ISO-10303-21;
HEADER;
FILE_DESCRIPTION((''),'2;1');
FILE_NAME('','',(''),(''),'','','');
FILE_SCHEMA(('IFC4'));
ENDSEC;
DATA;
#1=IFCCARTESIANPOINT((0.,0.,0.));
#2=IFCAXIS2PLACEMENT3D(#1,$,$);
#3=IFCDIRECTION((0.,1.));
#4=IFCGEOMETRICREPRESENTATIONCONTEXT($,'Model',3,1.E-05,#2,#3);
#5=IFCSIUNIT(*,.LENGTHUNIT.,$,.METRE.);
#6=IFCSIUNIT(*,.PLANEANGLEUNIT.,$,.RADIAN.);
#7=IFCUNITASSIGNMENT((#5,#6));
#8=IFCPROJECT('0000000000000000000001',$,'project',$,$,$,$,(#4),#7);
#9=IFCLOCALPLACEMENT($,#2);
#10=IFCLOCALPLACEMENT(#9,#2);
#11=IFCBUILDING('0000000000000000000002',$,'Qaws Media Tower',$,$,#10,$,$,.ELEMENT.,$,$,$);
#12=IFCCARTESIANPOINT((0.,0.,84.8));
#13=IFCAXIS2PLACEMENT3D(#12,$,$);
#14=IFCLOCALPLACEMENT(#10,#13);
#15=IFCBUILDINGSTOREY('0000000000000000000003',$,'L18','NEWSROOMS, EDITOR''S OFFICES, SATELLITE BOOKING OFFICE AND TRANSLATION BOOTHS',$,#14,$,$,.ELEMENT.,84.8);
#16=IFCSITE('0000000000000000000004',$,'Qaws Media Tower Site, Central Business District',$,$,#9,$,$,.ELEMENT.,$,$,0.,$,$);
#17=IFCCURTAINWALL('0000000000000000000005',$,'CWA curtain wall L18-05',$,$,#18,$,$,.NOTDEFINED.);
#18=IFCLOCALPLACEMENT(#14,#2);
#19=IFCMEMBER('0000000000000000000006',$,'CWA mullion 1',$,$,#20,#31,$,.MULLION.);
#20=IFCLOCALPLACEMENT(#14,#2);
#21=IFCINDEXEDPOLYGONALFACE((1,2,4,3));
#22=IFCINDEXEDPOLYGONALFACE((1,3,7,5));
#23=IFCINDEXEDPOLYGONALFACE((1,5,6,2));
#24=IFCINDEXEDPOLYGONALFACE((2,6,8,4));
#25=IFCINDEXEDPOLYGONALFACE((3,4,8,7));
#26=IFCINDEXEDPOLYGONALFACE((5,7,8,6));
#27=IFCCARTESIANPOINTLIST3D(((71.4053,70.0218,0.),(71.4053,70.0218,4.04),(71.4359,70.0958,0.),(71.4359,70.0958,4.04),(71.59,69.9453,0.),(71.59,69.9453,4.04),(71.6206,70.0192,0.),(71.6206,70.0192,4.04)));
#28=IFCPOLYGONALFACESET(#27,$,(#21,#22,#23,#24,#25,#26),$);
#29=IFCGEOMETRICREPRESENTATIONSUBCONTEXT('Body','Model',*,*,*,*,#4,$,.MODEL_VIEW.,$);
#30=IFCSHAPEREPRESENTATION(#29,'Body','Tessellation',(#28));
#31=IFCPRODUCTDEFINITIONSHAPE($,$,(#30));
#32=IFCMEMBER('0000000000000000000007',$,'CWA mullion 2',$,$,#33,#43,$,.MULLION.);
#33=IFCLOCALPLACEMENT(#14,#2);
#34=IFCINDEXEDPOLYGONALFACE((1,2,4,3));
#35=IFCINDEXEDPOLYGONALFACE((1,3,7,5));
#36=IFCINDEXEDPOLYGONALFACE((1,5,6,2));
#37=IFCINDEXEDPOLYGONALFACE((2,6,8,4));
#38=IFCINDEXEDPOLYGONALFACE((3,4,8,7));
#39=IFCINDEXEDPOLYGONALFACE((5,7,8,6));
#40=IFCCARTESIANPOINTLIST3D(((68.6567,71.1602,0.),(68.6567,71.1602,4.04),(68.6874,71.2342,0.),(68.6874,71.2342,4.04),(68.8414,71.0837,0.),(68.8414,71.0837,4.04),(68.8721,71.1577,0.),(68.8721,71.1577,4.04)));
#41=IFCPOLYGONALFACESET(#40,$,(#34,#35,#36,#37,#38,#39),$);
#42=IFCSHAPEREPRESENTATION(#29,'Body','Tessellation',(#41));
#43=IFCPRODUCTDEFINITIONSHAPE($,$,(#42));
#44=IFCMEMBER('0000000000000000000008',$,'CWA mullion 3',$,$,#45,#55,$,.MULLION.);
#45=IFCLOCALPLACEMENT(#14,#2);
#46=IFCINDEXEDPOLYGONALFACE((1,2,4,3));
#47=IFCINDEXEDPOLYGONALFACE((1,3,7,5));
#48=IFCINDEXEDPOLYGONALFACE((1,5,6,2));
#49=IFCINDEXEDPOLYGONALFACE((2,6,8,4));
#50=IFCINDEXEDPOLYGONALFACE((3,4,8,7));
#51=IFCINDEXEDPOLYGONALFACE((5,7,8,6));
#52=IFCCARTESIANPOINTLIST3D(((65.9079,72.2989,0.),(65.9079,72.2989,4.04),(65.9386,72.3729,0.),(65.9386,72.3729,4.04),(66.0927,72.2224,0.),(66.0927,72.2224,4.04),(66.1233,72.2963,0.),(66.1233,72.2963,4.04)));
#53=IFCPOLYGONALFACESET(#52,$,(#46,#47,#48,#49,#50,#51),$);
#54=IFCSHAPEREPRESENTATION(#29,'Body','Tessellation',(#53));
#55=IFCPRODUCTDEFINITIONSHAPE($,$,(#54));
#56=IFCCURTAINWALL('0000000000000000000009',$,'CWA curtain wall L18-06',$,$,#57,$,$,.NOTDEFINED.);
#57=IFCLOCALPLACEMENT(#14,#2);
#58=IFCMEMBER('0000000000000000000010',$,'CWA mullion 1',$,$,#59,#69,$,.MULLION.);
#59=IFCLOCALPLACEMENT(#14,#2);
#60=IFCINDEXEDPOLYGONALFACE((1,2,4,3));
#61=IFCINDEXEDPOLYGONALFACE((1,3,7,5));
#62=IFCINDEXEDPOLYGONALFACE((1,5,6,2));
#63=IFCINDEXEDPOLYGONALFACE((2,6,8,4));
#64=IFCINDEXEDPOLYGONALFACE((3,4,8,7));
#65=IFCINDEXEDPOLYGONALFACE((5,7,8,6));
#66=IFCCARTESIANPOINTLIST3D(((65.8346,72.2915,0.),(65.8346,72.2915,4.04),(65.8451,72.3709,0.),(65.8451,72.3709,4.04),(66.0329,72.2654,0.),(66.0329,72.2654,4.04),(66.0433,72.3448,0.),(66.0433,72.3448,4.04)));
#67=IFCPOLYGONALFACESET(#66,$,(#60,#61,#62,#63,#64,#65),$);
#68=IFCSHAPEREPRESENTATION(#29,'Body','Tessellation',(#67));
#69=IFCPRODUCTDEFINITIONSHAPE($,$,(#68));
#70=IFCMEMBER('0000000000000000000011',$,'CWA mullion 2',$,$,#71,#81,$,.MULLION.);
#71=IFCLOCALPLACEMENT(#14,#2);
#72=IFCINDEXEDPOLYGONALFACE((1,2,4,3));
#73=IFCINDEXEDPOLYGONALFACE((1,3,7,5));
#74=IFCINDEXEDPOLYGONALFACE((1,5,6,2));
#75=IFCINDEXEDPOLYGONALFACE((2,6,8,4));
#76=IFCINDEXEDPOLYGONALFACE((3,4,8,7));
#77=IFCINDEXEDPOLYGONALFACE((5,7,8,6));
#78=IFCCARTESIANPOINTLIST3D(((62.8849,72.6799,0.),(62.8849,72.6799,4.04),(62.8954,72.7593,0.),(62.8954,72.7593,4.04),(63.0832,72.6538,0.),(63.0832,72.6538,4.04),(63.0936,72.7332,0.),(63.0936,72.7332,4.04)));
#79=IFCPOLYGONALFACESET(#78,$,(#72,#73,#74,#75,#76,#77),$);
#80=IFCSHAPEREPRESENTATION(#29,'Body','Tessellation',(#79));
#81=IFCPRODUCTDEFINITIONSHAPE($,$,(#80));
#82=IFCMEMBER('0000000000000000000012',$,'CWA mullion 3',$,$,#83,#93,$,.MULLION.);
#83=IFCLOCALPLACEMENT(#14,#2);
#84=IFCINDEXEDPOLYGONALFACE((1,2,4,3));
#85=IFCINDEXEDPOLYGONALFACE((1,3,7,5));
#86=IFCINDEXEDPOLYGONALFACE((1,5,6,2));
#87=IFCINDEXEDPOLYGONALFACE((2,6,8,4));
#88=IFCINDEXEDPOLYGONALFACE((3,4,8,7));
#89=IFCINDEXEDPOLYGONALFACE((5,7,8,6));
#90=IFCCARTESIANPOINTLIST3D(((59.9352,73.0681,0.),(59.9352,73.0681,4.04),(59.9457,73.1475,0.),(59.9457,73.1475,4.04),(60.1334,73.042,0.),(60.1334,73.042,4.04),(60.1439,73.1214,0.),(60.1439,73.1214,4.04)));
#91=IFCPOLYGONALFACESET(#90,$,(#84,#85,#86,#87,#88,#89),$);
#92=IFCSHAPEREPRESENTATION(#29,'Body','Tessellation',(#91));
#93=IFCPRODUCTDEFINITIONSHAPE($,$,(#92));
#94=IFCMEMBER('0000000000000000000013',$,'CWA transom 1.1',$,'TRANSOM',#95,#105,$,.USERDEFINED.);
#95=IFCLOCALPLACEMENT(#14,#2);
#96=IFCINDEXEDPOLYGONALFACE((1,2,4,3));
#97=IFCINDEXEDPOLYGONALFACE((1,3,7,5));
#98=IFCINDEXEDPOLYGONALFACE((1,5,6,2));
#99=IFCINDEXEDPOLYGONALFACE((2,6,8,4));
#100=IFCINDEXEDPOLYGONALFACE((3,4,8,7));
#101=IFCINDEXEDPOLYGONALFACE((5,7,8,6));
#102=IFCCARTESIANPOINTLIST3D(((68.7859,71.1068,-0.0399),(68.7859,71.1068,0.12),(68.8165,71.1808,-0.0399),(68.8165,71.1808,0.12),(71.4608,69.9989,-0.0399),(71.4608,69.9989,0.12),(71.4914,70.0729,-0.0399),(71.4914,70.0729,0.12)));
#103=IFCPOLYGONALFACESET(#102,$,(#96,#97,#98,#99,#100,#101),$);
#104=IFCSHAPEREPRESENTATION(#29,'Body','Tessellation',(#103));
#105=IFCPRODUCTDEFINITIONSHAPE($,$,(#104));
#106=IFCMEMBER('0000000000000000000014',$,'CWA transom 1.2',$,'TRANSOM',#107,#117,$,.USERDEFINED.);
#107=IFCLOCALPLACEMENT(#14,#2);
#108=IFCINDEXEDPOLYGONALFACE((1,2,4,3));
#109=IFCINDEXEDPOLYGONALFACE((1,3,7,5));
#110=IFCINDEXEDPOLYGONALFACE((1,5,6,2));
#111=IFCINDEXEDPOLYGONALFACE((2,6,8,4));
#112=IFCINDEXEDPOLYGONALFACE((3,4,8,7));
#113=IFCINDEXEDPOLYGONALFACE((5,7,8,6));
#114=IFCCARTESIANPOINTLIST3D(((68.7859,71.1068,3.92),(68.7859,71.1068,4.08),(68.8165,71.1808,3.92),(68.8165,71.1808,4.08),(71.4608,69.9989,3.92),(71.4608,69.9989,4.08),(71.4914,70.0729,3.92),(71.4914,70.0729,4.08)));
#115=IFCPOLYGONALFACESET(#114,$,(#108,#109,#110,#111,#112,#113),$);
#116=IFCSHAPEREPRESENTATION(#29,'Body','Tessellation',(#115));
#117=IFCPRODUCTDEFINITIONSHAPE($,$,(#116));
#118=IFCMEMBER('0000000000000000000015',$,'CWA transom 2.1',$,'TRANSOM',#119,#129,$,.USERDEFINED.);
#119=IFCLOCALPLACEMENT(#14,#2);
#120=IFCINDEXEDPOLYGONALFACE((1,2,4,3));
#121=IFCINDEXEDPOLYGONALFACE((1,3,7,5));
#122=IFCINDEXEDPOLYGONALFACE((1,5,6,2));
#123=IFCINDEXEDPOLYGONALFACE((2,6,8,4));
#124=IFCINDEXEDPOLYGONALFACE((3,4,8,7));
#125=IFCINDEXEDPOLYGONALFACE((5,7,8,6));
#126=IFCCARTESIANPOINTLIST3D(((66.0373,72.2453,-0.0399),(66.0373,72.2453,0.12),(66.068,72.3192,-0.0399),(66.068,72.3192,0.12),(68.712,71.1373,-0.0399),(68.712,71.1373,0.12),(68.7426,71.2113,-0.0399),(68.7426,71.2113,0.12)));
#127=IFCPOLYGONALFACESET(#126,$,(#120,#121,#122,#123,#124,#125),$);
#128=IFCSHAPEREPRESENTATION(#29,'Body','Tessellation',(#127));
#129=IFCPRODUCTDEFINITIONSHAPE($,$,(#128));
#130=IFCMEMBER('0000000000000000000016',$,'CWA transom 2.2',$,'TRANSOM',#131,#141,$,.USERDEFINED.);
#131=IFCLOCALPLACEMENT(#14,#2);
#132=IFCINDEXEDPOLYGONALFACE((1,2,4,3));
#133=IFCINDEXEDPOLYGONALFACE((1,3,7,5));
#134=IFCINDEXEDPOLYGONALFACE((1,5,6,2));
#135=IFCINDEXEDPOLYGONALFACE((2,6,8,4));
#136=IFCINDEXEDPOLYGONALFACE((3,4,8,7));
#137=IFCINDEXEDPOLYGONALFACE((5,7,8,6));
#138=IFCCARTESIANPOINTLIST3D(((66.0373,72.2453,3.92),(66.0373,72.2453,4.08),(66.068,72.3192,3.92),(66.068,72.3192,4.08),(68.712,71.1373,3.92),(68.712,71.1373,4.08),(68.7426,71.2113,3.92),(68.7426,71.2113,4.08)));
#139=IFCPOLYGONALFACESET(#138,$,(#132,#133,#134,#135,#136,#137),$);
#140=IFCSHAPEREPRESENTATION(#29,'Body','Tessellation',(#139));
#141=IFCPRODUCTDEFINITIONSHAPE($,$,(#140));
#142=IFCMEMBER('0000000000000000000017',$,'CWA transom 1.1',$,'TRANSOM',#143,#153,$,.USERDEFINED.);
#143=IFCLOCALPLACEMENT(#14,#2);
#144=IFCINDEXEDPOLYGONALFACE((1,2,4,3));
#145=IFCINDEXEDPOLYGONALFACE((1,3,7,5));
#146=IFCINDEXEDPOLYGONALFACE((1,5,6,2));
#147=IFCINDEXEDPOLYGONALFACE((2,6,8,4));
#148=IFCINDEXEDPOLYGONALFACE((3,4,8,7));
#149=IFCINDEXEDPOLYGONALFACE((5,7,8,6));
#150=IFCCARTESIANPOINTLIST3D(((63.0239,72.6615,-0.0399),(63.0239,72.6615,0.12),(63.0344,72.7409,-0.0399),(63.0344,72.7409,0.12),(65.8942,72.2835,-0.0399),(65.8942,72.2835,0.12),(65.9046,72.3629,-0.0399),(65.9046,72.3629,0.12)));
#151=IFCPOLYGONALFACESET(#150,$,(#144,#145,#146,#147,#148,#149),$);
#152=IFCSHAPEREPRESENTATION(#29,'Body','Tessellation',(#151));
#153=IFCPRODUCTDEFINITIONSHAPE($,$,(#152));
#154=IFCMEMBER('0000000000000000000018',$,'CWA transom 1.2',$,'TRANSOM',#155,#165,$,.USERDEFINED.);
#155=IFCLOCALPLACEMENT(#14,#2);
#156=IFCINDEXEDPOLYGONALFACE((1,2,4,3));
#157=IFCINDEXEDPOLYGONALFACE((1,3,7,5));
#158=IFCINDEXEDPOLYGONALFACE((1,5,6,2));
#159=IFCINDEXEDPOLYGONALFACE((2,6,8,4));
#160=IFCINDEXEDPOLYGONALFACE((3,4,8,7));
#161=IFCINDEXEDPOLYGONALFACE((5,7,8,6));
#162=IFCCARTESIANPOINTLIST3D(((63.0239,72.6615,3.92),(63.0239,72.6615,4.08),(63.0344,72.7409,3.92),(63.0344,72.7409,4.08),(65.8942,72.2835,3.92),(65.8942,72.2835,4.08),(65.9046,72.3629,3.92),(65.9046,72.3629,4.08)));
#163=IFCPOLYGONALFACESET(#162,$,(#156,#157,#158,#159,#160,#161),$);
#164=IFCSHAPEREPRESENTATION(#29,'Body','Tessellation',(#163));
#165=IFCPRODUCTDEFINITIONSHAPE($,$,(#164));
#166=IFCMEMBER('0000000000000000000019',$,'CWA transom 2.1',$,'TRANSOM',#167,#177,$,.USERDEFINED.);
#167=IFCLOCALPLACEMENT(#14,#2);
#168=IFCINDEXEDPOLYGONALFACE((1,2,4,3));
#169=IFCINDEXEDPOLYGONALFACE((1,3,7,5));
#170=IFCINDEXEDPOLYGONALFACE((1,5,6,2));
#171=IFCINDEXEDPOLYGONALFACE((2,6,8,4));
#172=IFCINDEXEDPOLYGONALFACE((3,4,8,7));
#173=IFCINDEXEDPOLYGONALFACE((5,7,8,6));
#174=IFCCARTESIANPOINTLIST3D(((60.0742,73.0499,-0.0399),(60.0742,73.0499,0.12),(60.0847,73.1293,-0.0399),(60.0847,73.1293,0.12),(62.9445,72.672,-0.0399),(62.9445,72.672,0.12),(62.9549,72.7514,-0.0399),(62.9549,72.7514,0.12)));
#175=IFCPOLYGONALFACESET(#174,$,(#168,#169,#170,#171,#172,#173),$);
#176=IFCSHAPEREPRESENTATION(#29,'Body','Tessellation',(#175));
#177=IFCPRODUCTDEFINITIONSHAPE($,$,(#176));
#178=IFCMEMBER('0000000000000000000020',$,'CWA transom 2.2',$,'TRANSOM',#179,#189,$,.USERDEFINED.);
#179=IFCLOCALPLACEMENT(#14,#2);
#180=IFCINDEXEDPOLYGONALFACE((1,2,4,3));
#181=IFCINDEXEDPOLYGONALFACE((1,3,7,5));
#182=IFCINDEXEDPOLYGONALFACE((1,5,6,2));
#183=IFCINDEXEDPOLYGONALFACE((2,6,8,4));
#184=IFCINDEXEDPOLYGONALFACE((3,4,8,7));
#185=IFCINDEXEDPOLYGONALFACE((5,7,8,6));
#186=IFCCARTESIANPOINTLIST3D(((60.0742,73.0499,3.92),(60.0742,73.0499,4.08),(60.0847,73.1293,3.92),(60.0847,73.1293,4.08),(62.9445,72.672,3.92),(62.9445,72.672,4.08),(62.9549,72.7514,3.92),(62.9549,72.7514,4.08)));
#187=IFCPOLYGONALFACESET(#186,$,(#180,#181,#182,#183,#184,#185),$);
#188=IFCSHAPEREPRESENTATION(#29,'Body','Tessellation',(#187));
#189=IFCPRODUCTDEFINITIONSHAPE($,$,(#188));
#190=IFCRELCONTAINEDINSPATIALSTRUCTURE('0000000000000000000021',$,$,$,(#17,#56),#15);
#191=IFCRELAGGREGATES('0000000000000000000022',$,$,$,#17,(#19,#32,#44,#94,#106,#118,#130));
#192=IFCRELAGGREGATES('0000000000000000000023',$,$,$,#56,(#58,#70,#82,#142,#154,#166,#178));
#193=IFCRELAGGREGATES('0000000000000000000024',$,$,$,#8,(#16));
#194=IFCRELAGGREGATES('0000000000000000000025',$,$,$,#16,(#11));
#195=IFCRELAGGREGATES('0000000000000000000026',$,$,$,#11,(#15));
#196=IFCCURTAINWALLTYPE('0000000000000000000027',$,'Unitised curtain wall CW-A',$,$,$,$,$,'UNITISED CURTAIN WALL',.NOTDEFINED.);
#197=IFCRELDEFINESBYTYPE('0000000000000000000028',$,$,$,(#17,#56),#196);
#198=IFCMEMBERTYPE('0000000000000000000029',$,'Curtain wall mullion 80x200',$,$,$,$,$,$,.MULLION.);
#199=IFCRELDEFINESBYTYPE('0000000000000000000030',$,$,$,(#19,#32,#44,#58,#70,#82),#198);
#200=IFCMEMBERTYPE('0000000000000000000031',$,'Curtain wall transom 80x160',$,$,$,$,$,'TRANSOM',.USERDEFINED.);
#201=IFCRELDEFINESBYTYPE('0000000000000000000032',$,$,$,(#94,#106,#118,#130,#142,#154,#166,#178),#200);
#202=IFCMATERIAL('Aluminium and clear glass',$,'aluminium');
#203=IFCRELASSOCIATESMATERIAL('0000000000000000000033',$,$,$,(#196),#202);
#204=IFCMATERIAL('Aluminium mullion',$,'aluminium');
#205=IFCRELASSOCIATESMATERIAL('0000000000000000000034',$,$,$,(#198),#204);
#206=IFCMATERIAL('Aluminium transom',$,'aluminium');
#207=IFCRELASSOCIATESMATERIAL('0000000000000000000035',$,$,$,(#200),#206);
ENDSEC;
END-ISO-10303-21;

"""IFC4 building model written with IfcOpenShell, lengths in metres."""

from ifc_helpers import new_model, si_unit, direction, frame, origin, origin_2d, place, context, subcontext, project, spatial, rectangle, extrude, material, material_profile, profile_set, type_object, element, aggregate, save


model = new_model("IFC4")

# Units and contexts
model_context = context("Model", 3, precision=1e-05, world=origin(), true_north=direction((0.0, 1.0)))
body_context = subcontext(model_context, "Body", "Model", "MODEL_VIEW")
ifc_project = project(units=[si_unit("LENGTHUNIT", "METRE"), si_unit("PLANEANGLEUNIT", "RADIAN")], contexts=[model_context])

# Site, building, storey
site_placement = place(None, origin())
site = spatial("IfcSite", under=ifc_project, at=site_placement, Name="Qaws Media Tower Site, Central Business District", CompositionType="ELEMENT", RefElevation=0.0)
building_placement = place(site_placement, origin())
building = spatial("IfcBuilding", under=site, at=building_placement, Name="Qaws Media Tower", CompositionType="ELEMENT")
storey_placement = place(building_placement, frame((0.0, 0.0, 84.8)))
storey = spatial("IfcBuildingStorey", under=building, at=storey_placement, Name="L18", Description="NEWSROOMS, EDITOR'S OFFICES, SATELLITE BOOKING OFFICE AND TRANSLATION BOOTHS", CompositionType="ELEMENT", Elevation=84.8)

# Curtain walls, members
ifc_material_1 = material(Name="Aluminium and clear glass", Category="aluminium")
curtain_wall_type = type_object("IfcCurtainWallType", Name="Unitised curtain wall CW-A", ElementType="UNITISED CURTAIN WALL", PredefinedType="NOTDEFINED", material=ifc_material_1)
curtain_wall_1_placement = place(storey_placement, origin())
curtain_wall_1 = element("IfcCurtainWall", 1, at=curtain_wall_1_placement, inside=storey, type_object=curtain_wall_type, Name="CWA curtain wall L18-05", PredefinedType="NOTDEFINED")
ifc_material_2 = material(Name="Aluminium mullion", Category="aluminium")
ifc_material_profile_1 = material_profile(ifc_material_2, rectangle(XDim=0.0801, YDim=0.2, at=origin_2d()), Name="80x200")
ifc_profile_set_1 = profile_set([ifc_material_profile_1], Name="Aluminium mullion")
member_type_1 = type_object("IfcMemberType", Name="Curtain wall mullion 80x200", PredefinedType="MULLION", material=ifc_profile_set_1)
member_1_placement = place(storey_placement, frame((71.5129, 70.0205, 0.0), z_axis=(0.0, 0.0, 1.0), x_axis=(-0.382683, -0.92388, 0.0)))
member_1 = element("IfcMember", 2, at=member_1_placement, type_object=member_type_1, Name="CWA mullion 1", PredefinedType="MULLION", context=body_context, shape_type="SweptSolid", body=[
    extrude(rectangle(XDim=0.0801, YDim=0.2, at=origin_2d()), origin(), (0.0, 0.0, 1.0), 4.04),
])
member_2_placement = place(storey_placement, frame((68.7644, 71.1589, 0.0), z_axis=(0.0, 0.0, 1.0), x_axis=(-0.382683, -0.92388, 0.0)))
member_2 = element("IfcMember", 3, at=member_2_placement, type_object=member_type_1, Name="CWA mullion 2", PredefinedType="MULLION", context=body_context, shape_type="SweptSolid", body=[
    extrude(rectangle(XDim=0.0801, YDim=0.2, at=origin_2d()), origin(), (0.0, 0.0, 1.0), 4.04),
])
member_3_placement = place(storey_placement, frame((66.0156, 72.2976, 0.0), z_axis=(0.0, 0.0, 1.0), x_axis=(-0.382683, -0.92388, 0.0)))
member_3 = element("IfcMember", 4, at=member_3_placement, type_object=member_type_1, Name="CWA mullion 3", PredefinedType="MULLION", context=body_context, shape_type="SweptSolid", body=[
    extrude(rectangle(XDim=0.0801, YDim=0.2, at=origin_2d()), origin(), (0.0, 0.0, 1.0), 4.04),
])
curtain_wall_2_placement = place(storey_placement, origin())
curtain_wall_2 = element("IfcCurtainWall", 5, at=curtain_wall_2_placement, inside=storey, type_object=curtain_wall_type, Name="CWA curtain wall L18-06", PredefinedType="NOTDEFINED")
member_4_placement = place(storey_placement, frame((65.939, 72.3181, 0.0), z_axis=(0.0, 0.0, 1.0), x_axis=(-0.130526, -0.991445, 0.0)))
member_4 = element("IfcMember", 6, at=member_4_placement, type_object=member_type_1, Name="CWA mullion 1", PredefinedType="MULLION", context=body_context, shape_type="SweptSolid", body=[
    extrude(rectangle(XDim=0.0801, YDim=0.2, at=origin_2d()), origin(), (0.0, 0.0, 1.0), 4.04),
])
member_5_placement = place(storey_placement, frame((62.9893, 72.7065, 0.0), z_axis=(0.0, 0.0, 1.0), x_axis=(-0.130526, -0.991445, 0.0)))
member_5 = element("IfcMember", 7, at=member_5_placement, type_object=member_type_1, Name="CWA mullion 2", PredefinedType="MULLION", context=body_context, shape_type="SweptSolid", body=[
    extrude(rectangle(XDim=0.0801, YDim=0.2, at=origin_2d()), origin(), (0.0, 0.0, 1.0), 4.04),
])
member_6_placement = place(storey_placement, frame((60.0396, 73.0947, 0.0), z_axis=(0.0, 0.0, 1.0), x_axis=(-0.130526, -0.991445, 0.0)))
member_6 = element("IfcMember", 8, at=member_6_placement, type_object=member_type_1, Name="CWA mullion 3", PredefinedType="MULLION", context=body_context, shape_type="SweptSolid", body=[
    extrude(rectangle(XDim=0.0801, YDim=0.2, at=origin_2d()), origin(), (0.0, 0.0, 1.0), 4.04),
])

# Members
ifc_material_3 = material(Name="Aluminium transom", Category="aluminium")
ifc_material_profile_2 = material_profile(ifc_material_3, rectangle(XDim=0.0801, YDim=0.1599, at=origin_2d()), Name="80x160")
ifc_profile_set_2 = profile_set([ifc_material_profile_2], Name="Aluminium transom")
member_type_2 = type_object("IfcMemberType", Name="Curtain wall transom 80x160", ElementType="TRANSOM", PredefinedType="USERDEFINED", material=ifc_profile_set_2)
member_7_placement = place(storey_placement, frame((71.4761, 70.0359, 0.04), z_axis=(-0.923883, 0.382675, 0.0), x_axis=(-0.382675, -0.923883, 0.0)))
member_7 = element("IfcMember", 9, at=member_7_placement, type_object=member_type_2, Name="CWA transom 1.1", ObjectType="TRANSOM", PredefinedType="USERDEFINED", context=body_context, shape_type="SweptSolid", body=[
    extrude(rectangle(XDim=0.0801, YDim=0.1599, at=origin_2d()), origin(), (0.0, 0.0, 1.0), 2.8953),
])
member_8_placement = place(storey_placement, frame((71.4761, 70.0359, 4.0), z_axis=(-0.923883, 0.382675, 0.0), x_axis=(-0.382675, -0.923883, 0.0)))
member_8 = element("IfcMember", 10, at=member_8_placement, type_object=member_type_2, Name="CWA transom 1.2", ObjectType="TRANSOM", PredefinedType="USERDEFINED", context=body_context, shape_type="SweptSolid", body=[
    extrude(rectangle(XDim=0.0801, YDim=0.1599, at=origin_2d()), origin(), (0.0, 0.0, 1.0), 2.8953),
])
member_9_placement = place(storey_placement, frame((68.7273, 71.1743, 0.04), z_axis=(-0.923871, 0.382704, 0.0), x_axis=(-0.382704, -0.923871, 0.0)))
member_9 = element("IfcMember", 11, at=member_9_placement, type_object=member_type_2, Name="CWA transom 2.1", ObjectType="TRANSOM", PredefinedType="USERDEFINED", context=body_context, shape_type="SweptSolid", body=[
    extrude(rectangle(XDim=0.0801, YDim=0.1599, at=origin_2d()), origin(), (0.0, 0.0, 1.0), 2.895),
])
member_10_placement = place(storey_placement, frame((68.7273, 71.1743, 4.0), z_axis=(-0.923871, 0.382704, 0.0), x_axis=(-0.382704, -0.923871, 0.0)))
member_10 = element("IfcMember", 12, at=member_10_placement, type_object=member_type_2, Name="CWA transom 2.2", ObjectType="TRANSOM", PredefinedType="USERDEFINED", context=body_context, shape_type="SweptSolid", body=[
    extrude(rectangle(XDim=0.0801, YDim=0.1599, at=origin_2d()), origin(), (0.0, 0.0, 1.0), 2.895),
])
member_11_placement = place(storey_placement, frame((65.8994, 72.3232, 0.04), z_axis=(-0.991443, 0.13054, 0.0), x_axis=(-0.13054, -0.991443, 0.0)))
member_11 = element("IfcMember", 13, at=member_11_placement, type_object=member_type_2, Name="CWA transom 1.1", ObjectType="TRANSOM", PredefinedType="USERDEFINED", context=body_context, shape_type="SweptSolid", body=[
    extrude(rectangle(XDim=0.0801, YDim=0.1599, at=origin_2d()), origin(), (0.0, 0.0, 1.0), 2.895),
])
member_12_placement = place(storey_placement, frame((65.8994, 72.3232, 4.0), z_axis=(-0.991443, 0.13054, 0.0), x_axis=(-0.13054, -0.991443, 0.0)))
member_12 = element("IfcMember", 14, at=member_12_placement, type_object=member_type_2, Name="CWA transom 1.2", ObjectType="TRANSOM", PredefinedType="USERDEFINED", context=body_context, shape_type="SweptSolid", body=[
    extrude(rectangle(XDim=0.0801, YDim=0.1599, at=origin_2d()), origin(), (0.0, 0.0, 1.0), 2.895),
])
member_13_placement = place(storey_placement, frame((62.9497, 72.7117, 0.04), z_axis=(-0.991443, 0.13054, 0.0), x_axis=(-0.13054, -0.991443, 0.0)))
member_13 = element("IfcMember", 15, at=member_13_placement, type_object=member_type_2, Name="CWA transom 2.1", ObjectType="TRANSOM", PredefinedType="USERDEFINED", context=body_context, shape_type="SweptSolid", body=[
    extrude(rectangle(XDim=0.0801, YDim=0.1599, at=origin_2d()), origin(), (0.0, 0.0, 1.0), 2.895),
])
member_14_placement = place(storey_placement, frame((62.9497, 72.7117, 4.0), z_axis=(-0.991443, 0.13054, 0.0), x_axis=(-0.13054, -0.991443, 0.0)))
member_14 = element("IfcMember", 16, at=member_14_placement, type_object=member_type_2, Name="CWA transom 2.2", ObjectType="TRANSOM", PredefinedType="USERDEFINED", context=body_context, shape_type="SweptSolid", body=[
    extrude(rectangle(XDim=0.0801, YDim=0.1599, at=origin_2d()), origin(), (0.0, 0.0, 1.0), 2.895),
])

aggregate(curtain_wall_1, [member_1, member_2, member_3, member_7, member_8, member_9, member_10])
aggregate(curtain_wall_2, [member_4, member_5, member_6, member_11, member_12, member_13, member_14])

save(model, "model.ifc")
